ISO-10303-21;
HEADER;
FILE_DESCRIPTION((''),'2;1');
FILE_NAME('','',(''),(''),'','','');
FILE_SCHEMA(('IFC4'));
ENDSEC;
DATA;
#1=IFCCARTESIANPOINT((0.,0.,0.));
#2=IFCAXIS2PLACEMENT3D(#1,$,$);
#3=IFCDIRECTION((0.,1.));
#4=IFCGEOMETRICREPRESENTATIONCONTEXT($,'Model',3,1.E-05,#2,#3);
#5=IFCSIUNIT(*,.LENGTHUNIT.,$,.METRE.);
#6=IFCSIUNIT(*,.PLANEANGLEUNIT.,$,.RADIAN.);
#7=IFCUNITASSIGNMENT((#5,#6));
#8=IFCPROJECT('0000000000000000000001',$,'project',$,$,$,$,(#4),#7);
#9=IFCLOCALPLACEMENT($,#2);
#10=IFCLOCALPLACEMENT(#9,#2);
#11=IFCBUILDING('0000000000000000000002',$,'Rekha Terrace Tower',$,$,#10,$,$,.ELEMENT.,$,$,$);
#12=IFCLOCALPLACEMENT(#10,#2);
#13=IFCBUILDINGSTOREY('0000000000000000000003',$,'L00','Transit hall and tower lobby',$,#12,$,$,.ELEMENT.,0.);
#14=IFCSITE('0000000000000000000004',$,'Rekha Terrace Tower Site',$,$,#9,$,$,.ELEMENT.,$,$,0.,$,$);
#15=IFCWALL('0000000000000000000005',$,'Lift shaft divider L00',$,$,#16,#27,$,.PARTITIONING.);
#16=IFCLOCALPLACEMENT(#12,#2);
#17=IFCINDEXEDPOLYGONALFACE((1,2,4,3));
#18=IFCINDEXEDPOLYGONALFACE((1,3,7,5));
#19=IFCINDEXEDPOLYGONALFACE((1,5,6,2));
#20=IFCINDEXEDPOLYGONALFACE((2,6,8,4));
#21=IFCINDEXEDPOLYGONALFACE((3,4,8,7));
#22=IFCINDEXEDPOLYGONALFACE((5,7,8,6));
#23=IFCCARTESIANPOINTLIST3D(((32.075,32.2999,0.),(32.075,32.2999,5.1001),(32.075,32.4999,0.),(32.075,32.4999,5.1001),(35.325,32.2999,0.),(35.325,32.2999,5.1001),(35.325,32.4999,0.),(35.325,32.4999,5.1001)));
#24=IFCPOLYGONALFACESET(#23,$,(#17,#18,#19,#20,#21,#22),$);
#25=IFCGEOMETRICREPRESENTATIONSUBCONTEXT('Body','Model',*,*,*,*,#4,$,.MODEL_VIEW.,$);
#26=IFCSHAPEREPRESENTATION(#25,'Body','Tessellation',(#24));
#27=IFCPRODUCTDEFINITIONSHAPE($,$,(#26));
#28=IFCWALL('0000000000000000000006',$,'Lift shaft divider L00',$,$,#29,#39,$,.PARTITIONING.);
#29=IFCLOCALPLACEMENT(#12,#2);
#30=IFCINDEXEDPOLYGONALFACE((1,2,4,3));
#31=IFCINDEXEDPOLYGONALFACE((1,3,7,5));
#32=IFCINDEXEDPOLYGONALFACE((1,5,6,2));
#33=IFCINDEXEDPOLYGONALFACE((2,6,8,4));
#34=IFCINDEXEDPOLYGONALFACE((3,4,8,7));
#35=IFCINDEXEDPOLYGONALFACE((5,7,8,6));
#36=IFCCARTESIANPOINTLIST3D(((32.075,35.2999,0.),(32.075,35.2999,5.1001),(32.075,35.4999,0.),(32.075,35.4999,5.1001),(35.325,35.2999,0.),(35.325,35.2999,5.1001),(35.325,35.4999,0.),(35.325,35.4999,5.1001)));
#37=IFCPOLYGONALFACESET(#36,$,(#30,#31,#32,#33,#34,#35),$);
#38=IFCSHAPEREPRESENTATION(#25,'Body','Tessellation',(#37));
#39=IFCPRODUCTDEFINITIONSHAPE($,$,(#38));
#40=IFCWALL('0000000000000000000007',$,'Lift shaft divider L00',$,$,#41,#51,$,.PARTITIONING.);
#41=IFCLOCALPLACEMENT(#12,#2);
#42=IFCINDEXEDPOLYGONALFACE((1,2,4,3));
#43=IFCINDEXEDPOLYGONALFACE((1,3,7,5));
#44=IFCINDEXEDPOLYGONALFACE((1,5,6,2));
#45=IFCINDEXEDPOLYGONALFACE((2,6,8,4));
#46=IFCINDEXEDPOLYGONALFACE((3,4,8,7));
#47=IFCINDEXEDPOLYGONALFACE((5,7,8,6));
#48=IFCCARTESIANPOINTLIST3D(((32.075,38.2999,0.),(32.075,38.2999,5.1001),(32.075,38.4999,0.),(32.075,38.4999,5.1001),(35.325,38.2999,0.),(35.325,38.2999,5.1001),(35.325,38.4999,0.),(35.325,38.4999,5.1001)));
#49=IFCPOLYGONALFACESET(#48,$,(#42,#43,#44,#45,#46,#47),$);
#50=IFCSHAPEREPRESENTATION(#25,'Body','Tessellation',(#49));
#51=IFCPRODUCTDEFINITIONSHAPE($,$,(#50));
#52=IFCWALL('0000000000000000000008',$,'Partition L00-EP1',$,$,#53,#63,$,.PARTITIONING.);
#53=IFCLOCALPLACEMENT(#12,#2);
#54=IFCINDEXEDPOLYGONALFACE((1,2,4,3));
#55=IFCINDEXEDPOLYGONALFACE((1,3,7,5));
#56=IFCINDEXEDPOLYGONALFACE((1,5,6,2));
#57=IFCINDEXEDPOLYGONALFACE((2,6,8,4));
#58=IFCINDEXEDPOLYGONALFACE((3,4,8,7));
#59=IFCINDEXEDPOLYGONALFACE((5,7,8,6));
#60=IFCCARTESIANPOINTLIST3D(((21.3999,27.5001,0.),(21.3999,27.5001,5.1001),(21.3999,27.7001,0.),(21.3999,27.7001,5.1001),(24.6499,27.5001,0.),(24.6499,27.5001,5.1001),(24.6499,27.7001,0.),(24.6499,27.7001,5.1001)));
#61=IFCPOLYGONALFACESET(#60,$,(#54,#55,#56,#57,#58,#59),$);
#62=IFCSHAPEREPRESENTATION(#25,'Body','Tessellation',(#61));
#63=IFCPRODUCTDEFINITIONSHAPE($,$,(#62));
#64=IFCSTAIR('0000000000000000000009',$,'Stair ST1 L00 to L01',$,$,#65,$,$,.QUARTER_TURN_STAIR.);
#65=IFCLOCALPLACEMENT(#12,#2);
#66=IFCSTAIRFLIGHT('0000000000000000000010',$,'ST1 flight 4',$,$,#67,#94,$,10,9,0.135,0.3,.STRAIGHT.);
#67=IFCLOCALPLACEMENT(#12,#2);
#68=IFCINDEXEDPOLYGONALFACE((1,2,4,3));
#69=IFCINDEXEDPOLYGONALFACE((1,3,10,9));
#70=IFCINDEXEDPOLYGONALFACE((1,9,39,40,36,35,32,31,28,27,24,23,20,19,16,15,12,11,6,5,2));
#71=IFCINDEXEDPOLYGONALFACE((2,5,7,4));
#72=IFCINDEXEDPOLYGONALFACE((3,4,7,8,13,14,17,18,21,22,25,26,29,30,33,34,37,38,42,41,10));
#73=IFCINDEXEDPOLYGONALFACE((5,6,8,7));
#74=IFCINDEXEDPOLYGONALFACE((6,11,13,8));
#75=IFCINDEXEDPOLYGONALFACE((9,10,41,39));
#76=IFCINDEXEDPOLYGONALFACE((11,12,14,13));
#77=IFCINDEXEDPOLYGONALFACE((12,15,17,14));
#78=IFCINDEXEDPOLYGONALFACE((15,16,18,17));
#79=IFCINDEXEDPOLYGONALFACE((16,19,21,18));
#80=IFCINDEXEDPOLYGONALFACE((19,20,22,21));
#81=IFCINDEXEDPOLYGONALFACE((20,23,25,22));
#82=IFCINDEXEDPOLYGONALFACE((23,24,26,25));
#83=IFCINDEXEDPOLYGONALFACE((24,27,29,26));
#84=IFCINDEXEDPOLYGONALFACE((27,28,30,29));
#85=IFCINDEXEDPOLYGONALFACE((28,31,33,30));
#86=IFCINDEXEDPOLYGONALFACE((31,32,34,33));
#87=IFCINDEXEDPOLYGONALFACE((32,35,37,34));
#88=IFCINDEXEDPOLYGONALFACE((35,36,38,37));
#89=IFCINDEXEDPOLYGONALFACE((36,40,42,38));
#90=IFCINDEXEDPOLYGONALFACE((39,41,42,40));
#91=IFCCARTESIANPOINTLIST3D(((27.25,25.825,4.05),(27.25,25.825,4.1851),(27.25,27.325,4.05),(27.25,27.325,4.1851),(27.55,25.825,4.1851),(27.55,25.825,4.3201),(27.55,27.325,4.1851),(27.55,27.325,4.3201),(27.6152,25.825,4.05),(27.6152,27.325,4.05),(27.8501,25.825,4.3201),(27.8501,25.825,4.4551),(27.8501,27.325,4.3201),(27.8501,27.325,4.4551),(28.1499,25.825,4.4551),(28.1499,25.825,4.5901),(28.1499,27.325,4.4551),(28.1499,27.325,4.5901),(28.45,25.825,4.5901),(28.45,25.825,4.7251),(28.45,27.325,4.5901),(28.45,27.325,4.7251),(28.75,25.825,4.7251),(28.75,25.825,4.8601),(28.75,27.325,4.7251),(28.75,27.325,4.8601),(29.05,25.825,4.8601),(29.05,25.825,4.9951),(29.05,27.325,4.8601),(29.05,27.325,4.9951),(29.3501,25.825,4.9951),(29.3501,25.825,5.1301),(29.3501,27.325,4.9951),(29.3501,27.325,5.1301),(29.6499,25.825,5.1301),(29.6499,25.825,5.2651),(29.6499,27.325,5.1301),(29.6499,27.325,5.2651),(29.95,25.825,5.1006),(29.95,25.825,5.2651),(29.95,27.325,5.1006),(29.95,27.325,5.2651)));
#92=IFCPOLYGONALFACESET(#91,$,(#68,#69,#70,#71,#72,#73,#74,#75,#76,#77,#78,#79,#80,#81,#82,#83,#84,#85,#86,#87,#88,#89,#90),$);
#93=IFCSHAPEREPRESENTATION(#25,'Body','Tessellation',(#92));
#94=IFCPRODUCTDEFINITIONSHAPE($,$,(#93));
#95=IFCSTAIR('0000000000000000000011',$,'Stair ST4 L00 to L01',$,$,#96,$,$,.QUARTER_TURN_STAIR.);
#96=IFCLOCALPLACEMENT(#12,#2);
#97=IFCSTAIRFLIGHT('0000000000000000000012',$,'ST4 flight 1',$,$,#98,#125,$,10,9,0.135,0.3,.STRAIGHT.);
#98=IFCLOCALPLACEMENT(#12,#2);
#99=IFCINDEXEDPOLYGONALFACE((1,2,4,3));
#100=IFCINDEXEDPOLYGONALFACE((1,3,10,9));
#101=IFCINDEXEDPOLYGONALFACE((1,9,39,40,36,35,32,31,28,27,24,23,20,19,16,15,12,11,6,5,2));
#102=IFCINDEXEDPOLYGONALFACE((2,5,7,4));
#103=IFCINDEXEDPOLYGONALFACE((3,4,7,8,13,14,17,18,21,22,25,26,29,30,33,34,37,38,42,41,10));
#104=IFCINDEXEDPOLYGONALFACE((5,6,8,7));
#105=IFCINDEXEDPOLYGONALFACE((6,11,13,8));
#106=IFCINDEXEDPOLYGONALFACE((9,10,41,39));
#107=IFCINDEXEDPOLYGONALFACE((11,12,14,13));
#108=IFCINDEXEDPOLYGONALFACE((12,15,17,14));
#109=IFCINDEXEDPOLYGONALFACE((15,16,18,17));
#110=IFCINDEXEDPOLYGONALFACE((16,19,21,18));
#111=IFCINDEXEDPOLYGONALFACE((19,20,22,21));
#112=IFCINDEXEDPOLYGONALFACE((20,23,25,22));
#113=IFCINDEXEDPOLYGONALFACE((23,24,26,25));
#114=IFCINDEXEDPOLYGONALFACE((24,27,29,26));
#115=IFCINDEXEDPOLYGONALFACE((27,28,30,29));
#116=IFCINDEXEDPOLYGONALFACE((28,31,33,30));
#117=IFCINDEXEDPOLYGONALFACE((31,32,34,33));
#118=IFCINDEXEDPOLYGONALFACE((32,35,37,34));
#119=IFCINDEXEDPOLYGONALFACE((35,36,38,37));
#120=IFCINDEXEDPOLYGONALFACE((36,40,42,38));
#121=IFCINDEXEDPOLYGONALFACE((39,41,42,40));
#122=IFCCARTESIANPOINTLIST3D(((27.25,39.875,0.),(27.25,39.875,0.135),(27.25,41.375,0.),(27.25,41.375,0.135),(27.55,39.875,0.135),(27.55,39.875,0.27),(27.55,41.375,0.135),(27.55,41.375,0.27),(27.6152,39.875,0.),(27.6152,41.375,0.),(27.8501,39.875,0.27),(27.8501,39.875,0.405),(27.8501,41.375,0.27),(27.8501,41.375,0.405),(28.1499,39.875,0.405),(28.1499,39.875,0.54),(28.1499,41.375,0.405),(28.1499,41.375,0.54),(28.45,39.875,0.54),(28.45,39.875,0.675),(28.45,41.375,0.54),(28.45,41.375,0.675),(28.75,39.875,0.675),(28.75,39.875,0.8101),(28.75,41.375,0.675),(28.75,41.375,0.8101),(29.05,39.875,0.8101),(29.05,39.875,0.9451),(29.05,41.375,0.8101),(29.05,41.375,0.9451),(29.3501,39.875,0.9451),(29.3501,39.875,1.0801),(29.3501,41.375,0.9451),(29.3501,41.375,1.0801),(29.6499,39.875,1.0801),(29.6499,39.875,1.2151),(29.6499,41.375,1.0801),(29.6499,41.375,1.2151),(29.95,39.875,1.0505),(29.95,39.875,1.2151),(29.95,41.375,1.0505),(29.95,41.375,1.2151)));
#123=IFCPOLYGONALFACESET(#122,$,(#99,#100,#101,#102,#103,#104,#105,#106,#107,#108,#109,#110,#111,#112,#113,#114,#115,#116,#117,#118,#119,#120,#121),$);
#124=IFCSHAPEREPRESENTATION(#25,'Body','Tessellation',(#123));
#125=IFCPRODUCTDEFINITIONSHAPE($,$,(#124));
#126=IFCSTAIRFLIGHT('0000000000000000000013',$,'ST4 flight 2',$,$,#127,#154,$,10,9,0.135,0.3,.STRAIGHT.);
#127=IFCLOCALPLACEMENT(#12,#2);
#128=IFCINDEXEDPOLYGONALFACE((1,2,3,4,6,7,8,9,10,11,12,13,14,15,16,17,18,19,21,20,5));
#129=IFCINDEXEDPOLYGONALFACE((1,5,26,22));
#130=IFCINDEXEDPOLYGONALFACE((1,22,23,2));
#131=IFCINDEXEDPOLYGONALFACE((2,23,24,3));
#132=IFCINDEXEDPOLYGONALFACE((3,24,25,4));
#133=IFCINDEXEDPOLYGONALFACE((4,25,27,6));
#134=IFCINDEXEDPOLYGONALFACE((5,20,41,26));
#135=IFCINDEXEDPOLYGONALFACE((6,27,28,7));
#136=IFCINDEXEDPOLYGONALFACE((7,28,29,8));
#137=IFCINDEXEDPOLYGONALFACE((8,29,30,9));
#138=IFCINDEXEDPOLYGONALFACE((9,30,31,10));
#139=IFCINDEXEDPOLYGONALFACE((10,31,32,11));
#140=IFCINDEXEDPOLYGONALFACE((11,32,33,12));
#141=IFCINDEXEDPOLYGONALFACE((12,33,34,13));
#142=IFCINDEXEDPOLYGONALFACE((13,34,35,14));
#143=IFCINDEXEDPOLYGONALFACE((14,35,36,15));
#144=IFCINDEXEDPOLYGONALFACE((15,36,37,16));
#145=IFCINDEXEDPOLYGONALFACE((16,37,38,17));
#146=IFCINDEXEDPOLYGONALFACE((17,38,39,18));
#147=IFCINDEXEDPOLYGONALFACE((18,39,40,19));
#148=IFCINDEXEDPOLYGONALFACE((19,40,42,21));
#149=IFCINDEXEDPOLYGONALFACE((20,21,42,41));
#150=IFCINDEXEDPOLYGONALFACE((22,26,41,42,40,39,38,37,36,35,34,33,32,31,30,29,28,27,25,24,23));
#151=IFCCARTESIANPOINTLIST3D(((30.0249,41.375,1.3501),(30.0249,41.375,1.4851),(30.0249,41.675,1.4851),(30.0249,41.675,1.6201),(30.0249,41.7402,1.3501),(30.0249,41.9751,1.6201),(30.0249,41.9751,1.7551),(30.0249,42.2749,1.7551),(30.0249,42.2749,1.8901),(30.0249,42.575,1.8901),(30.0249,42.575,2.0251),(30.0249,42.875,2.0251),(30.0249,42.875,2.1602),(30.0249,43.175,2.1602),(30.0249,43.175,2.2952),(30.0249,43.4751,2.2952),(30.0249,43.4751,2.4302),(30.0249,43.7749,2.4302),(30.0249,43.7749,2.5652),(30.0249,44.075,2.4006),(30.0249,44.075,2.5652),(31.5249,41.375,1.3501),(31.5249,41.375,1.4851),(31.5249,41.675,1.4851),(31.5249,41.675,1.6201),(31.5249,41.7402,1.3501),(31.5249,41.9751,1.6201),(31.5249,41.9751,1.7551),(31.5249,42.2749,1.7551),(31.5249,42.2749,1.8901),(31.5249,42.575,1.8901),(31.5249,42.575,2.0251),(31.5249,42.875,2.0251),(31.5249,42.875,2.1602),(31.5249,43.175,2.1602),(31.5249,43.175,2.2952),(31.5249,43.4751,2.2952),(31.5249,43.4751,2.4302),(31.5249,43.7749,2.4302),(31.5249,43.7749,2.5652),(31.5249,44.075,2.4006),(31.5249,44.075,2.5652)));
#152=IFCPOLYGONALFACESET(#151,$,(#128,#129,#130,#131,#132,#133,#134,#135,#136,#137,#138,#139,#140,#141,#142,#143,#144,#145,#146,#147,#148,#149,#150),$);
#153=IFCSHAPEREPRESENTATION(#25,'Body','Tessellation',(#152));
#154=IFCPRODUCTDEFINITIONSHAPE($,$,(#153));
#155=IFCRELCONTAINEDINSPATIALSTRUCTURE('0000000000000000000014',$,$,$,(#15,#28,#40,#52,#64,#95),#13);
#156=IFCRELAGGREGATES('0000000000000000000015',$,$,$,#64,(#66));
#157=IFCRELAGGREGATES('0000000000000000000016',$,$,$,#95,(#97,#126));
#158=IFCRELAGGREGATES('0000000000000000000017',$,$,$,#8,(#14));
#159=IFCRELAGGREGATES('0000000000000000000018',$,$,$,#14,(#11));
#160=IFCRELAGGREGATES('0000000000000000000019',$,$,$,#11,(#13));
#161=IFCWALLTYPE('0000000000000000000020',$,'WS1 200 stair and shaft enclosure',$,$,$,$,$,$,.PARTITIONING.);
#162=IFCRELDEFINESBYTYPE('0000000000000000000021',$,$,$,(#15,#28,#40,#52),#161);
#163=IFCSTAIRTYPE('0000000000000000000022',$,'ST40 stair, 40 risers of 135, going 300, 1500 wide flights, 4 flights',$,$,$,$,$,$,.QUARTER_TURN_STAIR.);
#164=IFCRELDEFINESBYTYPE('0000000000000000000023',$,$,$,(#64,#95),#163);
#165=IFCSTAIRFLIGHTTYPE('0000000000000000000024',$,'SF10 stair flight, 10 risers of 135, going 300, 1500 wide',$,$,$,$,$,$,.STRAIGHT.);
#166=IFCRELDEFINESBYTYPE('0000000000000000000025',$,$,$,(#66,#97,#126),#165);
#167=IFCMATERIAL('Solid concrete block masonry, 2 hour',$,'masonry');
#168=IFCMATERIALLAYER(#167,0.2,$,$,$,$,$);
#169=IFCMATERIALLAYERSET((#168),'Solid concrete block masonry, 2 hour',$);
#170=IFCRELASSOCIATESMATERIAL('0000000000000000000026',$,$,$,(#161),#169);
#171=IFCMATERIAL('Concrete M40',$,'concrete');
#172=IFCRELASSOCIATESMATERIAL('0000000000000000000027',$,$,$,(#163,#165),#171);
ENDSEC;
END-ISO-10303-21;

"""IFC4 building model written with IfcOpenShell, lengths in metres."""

from ifc_helpers import new_model, si_unit, direction, frame, frame_2d, origin, place, context, subcontext, project, spatial, polyline, rectangle, outline, extrude, material, layer, layer_set, type_object, element, aggregate, save


model = new_model("IFC4")

# Units and contexts
model_context = context("Model", 3, precision=1e-05, world=origin(), true_north=direction((0.0, 1.0)))
body_context = subcontext(model_context, "Body", "Model", "MODEL_VIEW")
ifc_project = project(units=[si_unit("LENGTHUNIT", "METRE"), si_unit("PLANEANGLEUNIT", "RADIAN")], contexts=[model_context])

# Site, building, storey
site_placement = place(None, origin())
site = spatial("IfcSite", under=ifc_project, at=site_placement, Name="Rekha Terrace Tower Site", CompositionType="ELEMENT", RefElevation=0.0)
building_placement = place(site_placement, origin())
building = spatial("IfcBuilding", under=site, at=building_placement, Name="Rekha Terrace Tower", CompositionType="ELEMENT")
storey_placement = place(building_placement, origin())
storey = spatial("IfcBuildingStorey", under=building, at=storey_placement, Name="L00", Description="Transit hall and tower lobby", CompositionType="ELEMENT", Elevation=0.0)

# Walls
ifc_material_1 = material(Name="Solid concrete block masonry, 2 hour", Category="masonry")
ifc_layer_1 = layer(ifc_material_1, 0.2)
ifc_layer_set_1 = layer_set([ifc_layer_1], Name="Solid concrete block masonry, 2 hour")
wall_type_1 = type_object("IfcWallType", Name="WS1 200 stair and shaft enclosure", PredefinedType="PARTITIONING", material=ifc_layer_set_1)
for number, where, z_axis, x_axis, name in (
    (1, (32.075, 32.3999, 0.0), (0.0, 0.0, 1.0), (1.0, 0.0, 0.0), "Lift shaft divider L00"),
    (2, (32.075, 35.3999, 0.0), (0.0, 0.0, 1.0), (1.0, 0.0, 0.0), "Lift shaft divider L00"),
    (3, (32.075, 38.3999, 0.0), (0.0, 0.0, 1.0), (1.0, 0.0, 0.0), "Lift shaft divider L00"),
    (4, (24.6499, 27.6001, 0.0), (0.0, 0.0, 1.0), (-1.0, 0.0, 0.0), "Partition L00-EP1"),
):
    element("IfcWall", number, at=place(storey_placement, frame(where, z_axis=z_axis, x_axis=x_axis)), inside=storey, type_object=wall_type_1, Name=name, PredefinedType="PARTITIONING", context=body_context, shape_type="SweptSolid", body=[
        extrude(rectangle(XDim=3.25, YDim=0.2, at=frame_2d((1.625, 0.0))), origin(), (0.0, 0.0, 1.0), 5.1001),
    ])

# Stair, stair flight
ifc_material_2 = material(Name="Concrete M40", Category="concrete")
stair_type = type_object("IfcStairType", Name="ST40 stair, 40 risers of 135, going 300, 1500 wide flights, 4 flights", PredefinedType="QUARTER_TURN_STAIR", material=ifc_material_2)
stair_1_placement = place(storey_placement, origin())
stair_1 = element("IfcStair", 5, at=stair_1_placement, inside=storey, type_object=stair_type, Name="Stair ST1 L00 to L01", PredefinedType="QUARTER_TURN_STAIR")
stair_flight_type = type_object("IfcStairFlightType", Name="SF10 stair flight, 10 risers of 135, going 300, 1500 wide", PredefinedType="STRAIGHT", material=ifc_material_2)
stair_flight_1_placement = place(storey_placement, frame((27.25, 26.575, 4.05), z_axis=(0.0, 0.0, 1.0), x_axis=(1.0, 0.0, 0.0)))
stair_flight_1 = element("IfcStairFlight", 6, at=stair_flight_1_placement, type_object=stair_flight_type, Name="ST1 flight 4", NumberOfRisers=10, NumberOfTreads=9, PredefinedType="STRAIGHT", RiserHeight=0.135, TreadLength=0.3, context=body_context, shape_type="SweptSolid", body=[
    extrude(outline(polyline([(0.0, 0.0), (0.0, 0.135), (0.3, 0.135), (0.3, 0.27), (0.6001, 0.27), (0.6001, 0.405), (0.8999, 0.405), (0.8999, 0.54), (1.2, 0.54), (1.2, 0.675), (1.5, 0.675), (1.5, 0.8101), (1.8, 0.8101), (1.8, 0.9451), (2.1001, 0.9451), (2.1001, 1.0801), (2.3999, 1.0801), (2.3999, 1.2151), (2.7, 1.2151), (2.7, 1.3501), (2.7, 1.0505), (0.3652, 0.0), (0.0, 0.0)])), frame((0.0, 0.75, 0.0), z_axis=(0.0, -1.0, 0.0), x_axis=(1.0, 0.0, 0.0)), (0.0, 0.0, 1.0), 1.5),
])
aggregate(stair_1, [stair_flight_1])

# Stair, stair flights
stair_2_placement = place(storey_placement, origin())
stair_2 = element("IfcStair", 7, at=stair_2_placement, inside=storey, type_object=stair_type, Name="Stair ST4 L00 to L01", PredefinedType="QUARTER_TURN_STAIR")
stair_flight_2_placement = place(storey_placement, frame((27.25, 40.625, 0.0), z_axis=(0.0, 0.0, 1.0), x_axis=(1.0, 0.0, 0.0)))
stair_flight_2 = element("IfcStairFlight", 8, at=stair_flight_2_placement, type_object=stair_flight_type, Name="ST4 flight 1", NumberOfRisers=10, NumberOfTreads=9, PredefinedType="STRAIGHT", RiserHeight=0.135, TreadLength=0.3, context=body_context, shape_type="SweptSolid", body=[
    extrude(outline(polyline([(0.0, 0.0), (0.0, 0.135), (0.3, 0.135), (0.3, 0.27), (0.6001, 0.27), (0.6001, 0.405), (0.8999, 0.405), (0.8999, 0.54), (1.2, 0.54), (1.2, 0.675), (1.5, 0.675), (1.5, 0.8101), (1.8, 0.8101), (1.8, 0.9451), (2.1001, 0.9451), (2.1001, 1.0801), (2.3999, 1.0801), (2.3999, 1.2151), (2.7, 1.2151), (2.7, 1.3501), (2.7, 1.0505), (0.3652, 0.0), (0.0, 0.0)])), frame((0.0, 0.75, 0.0), z_axis=(0.0, -1.0, 0.0), x_axis=(1.0, 0.0, 0.0)), (0.0, 0.0, 1.0), 1.5),
])
stair_flight_3_placement = place(storey_placement, frame((30.7749, 41.375, 1.3501), z_axis=(0.0, 0.0, 1.0), x_axis=(0.0, 1.0, 0.0)))
stair_flight_3 = element("IfcStairFlight", 9, at=stair_flight_3_placement, type_object=stair_flight_type, Name="ST4 flight 2", NumberOfRisers=10, NumberOfTreads=9, PredefinedType="STRAIGHT", RiserHeight=0.135, TreadLength=0.3, context=body_context, shape_type="SweptSolid", body=[
    extrude(outline(polyline([(0.0, 0.0), (0.0, 0.135), (0.3, 0.135), (0.3, 0.27), (0.6001, 0.27), (0.6001, 0.405), (0.8999, 0.405), (0.8999, 0.54), (1.2, 0.54), (1.2, 0.675), (1.5, 0.675), (1.5, 0.8101), (1.8, 0.8101), (1.8, 0.9451), (2.1001, 0.9451), (2.1001, 1.0801), (2.3999, 1.0801), (2.3999, 1.2151), (2.7, 1.2151), (2.7, 1.3501), (2.7, 1.0505), (0.3652, 0.0), (0.0, 0.0)])), frame((0.0, 0.75, 0.0), z_axis=(0.0, -1.0, 0.0), x_axis=(1.0, 0.0, 0.0)), (0.0, 0.0, 1.0), 1.5),
])
aggregate(stair_2, [stair_flight_2, stair_flight_3])

save(model, "model.ifc")
